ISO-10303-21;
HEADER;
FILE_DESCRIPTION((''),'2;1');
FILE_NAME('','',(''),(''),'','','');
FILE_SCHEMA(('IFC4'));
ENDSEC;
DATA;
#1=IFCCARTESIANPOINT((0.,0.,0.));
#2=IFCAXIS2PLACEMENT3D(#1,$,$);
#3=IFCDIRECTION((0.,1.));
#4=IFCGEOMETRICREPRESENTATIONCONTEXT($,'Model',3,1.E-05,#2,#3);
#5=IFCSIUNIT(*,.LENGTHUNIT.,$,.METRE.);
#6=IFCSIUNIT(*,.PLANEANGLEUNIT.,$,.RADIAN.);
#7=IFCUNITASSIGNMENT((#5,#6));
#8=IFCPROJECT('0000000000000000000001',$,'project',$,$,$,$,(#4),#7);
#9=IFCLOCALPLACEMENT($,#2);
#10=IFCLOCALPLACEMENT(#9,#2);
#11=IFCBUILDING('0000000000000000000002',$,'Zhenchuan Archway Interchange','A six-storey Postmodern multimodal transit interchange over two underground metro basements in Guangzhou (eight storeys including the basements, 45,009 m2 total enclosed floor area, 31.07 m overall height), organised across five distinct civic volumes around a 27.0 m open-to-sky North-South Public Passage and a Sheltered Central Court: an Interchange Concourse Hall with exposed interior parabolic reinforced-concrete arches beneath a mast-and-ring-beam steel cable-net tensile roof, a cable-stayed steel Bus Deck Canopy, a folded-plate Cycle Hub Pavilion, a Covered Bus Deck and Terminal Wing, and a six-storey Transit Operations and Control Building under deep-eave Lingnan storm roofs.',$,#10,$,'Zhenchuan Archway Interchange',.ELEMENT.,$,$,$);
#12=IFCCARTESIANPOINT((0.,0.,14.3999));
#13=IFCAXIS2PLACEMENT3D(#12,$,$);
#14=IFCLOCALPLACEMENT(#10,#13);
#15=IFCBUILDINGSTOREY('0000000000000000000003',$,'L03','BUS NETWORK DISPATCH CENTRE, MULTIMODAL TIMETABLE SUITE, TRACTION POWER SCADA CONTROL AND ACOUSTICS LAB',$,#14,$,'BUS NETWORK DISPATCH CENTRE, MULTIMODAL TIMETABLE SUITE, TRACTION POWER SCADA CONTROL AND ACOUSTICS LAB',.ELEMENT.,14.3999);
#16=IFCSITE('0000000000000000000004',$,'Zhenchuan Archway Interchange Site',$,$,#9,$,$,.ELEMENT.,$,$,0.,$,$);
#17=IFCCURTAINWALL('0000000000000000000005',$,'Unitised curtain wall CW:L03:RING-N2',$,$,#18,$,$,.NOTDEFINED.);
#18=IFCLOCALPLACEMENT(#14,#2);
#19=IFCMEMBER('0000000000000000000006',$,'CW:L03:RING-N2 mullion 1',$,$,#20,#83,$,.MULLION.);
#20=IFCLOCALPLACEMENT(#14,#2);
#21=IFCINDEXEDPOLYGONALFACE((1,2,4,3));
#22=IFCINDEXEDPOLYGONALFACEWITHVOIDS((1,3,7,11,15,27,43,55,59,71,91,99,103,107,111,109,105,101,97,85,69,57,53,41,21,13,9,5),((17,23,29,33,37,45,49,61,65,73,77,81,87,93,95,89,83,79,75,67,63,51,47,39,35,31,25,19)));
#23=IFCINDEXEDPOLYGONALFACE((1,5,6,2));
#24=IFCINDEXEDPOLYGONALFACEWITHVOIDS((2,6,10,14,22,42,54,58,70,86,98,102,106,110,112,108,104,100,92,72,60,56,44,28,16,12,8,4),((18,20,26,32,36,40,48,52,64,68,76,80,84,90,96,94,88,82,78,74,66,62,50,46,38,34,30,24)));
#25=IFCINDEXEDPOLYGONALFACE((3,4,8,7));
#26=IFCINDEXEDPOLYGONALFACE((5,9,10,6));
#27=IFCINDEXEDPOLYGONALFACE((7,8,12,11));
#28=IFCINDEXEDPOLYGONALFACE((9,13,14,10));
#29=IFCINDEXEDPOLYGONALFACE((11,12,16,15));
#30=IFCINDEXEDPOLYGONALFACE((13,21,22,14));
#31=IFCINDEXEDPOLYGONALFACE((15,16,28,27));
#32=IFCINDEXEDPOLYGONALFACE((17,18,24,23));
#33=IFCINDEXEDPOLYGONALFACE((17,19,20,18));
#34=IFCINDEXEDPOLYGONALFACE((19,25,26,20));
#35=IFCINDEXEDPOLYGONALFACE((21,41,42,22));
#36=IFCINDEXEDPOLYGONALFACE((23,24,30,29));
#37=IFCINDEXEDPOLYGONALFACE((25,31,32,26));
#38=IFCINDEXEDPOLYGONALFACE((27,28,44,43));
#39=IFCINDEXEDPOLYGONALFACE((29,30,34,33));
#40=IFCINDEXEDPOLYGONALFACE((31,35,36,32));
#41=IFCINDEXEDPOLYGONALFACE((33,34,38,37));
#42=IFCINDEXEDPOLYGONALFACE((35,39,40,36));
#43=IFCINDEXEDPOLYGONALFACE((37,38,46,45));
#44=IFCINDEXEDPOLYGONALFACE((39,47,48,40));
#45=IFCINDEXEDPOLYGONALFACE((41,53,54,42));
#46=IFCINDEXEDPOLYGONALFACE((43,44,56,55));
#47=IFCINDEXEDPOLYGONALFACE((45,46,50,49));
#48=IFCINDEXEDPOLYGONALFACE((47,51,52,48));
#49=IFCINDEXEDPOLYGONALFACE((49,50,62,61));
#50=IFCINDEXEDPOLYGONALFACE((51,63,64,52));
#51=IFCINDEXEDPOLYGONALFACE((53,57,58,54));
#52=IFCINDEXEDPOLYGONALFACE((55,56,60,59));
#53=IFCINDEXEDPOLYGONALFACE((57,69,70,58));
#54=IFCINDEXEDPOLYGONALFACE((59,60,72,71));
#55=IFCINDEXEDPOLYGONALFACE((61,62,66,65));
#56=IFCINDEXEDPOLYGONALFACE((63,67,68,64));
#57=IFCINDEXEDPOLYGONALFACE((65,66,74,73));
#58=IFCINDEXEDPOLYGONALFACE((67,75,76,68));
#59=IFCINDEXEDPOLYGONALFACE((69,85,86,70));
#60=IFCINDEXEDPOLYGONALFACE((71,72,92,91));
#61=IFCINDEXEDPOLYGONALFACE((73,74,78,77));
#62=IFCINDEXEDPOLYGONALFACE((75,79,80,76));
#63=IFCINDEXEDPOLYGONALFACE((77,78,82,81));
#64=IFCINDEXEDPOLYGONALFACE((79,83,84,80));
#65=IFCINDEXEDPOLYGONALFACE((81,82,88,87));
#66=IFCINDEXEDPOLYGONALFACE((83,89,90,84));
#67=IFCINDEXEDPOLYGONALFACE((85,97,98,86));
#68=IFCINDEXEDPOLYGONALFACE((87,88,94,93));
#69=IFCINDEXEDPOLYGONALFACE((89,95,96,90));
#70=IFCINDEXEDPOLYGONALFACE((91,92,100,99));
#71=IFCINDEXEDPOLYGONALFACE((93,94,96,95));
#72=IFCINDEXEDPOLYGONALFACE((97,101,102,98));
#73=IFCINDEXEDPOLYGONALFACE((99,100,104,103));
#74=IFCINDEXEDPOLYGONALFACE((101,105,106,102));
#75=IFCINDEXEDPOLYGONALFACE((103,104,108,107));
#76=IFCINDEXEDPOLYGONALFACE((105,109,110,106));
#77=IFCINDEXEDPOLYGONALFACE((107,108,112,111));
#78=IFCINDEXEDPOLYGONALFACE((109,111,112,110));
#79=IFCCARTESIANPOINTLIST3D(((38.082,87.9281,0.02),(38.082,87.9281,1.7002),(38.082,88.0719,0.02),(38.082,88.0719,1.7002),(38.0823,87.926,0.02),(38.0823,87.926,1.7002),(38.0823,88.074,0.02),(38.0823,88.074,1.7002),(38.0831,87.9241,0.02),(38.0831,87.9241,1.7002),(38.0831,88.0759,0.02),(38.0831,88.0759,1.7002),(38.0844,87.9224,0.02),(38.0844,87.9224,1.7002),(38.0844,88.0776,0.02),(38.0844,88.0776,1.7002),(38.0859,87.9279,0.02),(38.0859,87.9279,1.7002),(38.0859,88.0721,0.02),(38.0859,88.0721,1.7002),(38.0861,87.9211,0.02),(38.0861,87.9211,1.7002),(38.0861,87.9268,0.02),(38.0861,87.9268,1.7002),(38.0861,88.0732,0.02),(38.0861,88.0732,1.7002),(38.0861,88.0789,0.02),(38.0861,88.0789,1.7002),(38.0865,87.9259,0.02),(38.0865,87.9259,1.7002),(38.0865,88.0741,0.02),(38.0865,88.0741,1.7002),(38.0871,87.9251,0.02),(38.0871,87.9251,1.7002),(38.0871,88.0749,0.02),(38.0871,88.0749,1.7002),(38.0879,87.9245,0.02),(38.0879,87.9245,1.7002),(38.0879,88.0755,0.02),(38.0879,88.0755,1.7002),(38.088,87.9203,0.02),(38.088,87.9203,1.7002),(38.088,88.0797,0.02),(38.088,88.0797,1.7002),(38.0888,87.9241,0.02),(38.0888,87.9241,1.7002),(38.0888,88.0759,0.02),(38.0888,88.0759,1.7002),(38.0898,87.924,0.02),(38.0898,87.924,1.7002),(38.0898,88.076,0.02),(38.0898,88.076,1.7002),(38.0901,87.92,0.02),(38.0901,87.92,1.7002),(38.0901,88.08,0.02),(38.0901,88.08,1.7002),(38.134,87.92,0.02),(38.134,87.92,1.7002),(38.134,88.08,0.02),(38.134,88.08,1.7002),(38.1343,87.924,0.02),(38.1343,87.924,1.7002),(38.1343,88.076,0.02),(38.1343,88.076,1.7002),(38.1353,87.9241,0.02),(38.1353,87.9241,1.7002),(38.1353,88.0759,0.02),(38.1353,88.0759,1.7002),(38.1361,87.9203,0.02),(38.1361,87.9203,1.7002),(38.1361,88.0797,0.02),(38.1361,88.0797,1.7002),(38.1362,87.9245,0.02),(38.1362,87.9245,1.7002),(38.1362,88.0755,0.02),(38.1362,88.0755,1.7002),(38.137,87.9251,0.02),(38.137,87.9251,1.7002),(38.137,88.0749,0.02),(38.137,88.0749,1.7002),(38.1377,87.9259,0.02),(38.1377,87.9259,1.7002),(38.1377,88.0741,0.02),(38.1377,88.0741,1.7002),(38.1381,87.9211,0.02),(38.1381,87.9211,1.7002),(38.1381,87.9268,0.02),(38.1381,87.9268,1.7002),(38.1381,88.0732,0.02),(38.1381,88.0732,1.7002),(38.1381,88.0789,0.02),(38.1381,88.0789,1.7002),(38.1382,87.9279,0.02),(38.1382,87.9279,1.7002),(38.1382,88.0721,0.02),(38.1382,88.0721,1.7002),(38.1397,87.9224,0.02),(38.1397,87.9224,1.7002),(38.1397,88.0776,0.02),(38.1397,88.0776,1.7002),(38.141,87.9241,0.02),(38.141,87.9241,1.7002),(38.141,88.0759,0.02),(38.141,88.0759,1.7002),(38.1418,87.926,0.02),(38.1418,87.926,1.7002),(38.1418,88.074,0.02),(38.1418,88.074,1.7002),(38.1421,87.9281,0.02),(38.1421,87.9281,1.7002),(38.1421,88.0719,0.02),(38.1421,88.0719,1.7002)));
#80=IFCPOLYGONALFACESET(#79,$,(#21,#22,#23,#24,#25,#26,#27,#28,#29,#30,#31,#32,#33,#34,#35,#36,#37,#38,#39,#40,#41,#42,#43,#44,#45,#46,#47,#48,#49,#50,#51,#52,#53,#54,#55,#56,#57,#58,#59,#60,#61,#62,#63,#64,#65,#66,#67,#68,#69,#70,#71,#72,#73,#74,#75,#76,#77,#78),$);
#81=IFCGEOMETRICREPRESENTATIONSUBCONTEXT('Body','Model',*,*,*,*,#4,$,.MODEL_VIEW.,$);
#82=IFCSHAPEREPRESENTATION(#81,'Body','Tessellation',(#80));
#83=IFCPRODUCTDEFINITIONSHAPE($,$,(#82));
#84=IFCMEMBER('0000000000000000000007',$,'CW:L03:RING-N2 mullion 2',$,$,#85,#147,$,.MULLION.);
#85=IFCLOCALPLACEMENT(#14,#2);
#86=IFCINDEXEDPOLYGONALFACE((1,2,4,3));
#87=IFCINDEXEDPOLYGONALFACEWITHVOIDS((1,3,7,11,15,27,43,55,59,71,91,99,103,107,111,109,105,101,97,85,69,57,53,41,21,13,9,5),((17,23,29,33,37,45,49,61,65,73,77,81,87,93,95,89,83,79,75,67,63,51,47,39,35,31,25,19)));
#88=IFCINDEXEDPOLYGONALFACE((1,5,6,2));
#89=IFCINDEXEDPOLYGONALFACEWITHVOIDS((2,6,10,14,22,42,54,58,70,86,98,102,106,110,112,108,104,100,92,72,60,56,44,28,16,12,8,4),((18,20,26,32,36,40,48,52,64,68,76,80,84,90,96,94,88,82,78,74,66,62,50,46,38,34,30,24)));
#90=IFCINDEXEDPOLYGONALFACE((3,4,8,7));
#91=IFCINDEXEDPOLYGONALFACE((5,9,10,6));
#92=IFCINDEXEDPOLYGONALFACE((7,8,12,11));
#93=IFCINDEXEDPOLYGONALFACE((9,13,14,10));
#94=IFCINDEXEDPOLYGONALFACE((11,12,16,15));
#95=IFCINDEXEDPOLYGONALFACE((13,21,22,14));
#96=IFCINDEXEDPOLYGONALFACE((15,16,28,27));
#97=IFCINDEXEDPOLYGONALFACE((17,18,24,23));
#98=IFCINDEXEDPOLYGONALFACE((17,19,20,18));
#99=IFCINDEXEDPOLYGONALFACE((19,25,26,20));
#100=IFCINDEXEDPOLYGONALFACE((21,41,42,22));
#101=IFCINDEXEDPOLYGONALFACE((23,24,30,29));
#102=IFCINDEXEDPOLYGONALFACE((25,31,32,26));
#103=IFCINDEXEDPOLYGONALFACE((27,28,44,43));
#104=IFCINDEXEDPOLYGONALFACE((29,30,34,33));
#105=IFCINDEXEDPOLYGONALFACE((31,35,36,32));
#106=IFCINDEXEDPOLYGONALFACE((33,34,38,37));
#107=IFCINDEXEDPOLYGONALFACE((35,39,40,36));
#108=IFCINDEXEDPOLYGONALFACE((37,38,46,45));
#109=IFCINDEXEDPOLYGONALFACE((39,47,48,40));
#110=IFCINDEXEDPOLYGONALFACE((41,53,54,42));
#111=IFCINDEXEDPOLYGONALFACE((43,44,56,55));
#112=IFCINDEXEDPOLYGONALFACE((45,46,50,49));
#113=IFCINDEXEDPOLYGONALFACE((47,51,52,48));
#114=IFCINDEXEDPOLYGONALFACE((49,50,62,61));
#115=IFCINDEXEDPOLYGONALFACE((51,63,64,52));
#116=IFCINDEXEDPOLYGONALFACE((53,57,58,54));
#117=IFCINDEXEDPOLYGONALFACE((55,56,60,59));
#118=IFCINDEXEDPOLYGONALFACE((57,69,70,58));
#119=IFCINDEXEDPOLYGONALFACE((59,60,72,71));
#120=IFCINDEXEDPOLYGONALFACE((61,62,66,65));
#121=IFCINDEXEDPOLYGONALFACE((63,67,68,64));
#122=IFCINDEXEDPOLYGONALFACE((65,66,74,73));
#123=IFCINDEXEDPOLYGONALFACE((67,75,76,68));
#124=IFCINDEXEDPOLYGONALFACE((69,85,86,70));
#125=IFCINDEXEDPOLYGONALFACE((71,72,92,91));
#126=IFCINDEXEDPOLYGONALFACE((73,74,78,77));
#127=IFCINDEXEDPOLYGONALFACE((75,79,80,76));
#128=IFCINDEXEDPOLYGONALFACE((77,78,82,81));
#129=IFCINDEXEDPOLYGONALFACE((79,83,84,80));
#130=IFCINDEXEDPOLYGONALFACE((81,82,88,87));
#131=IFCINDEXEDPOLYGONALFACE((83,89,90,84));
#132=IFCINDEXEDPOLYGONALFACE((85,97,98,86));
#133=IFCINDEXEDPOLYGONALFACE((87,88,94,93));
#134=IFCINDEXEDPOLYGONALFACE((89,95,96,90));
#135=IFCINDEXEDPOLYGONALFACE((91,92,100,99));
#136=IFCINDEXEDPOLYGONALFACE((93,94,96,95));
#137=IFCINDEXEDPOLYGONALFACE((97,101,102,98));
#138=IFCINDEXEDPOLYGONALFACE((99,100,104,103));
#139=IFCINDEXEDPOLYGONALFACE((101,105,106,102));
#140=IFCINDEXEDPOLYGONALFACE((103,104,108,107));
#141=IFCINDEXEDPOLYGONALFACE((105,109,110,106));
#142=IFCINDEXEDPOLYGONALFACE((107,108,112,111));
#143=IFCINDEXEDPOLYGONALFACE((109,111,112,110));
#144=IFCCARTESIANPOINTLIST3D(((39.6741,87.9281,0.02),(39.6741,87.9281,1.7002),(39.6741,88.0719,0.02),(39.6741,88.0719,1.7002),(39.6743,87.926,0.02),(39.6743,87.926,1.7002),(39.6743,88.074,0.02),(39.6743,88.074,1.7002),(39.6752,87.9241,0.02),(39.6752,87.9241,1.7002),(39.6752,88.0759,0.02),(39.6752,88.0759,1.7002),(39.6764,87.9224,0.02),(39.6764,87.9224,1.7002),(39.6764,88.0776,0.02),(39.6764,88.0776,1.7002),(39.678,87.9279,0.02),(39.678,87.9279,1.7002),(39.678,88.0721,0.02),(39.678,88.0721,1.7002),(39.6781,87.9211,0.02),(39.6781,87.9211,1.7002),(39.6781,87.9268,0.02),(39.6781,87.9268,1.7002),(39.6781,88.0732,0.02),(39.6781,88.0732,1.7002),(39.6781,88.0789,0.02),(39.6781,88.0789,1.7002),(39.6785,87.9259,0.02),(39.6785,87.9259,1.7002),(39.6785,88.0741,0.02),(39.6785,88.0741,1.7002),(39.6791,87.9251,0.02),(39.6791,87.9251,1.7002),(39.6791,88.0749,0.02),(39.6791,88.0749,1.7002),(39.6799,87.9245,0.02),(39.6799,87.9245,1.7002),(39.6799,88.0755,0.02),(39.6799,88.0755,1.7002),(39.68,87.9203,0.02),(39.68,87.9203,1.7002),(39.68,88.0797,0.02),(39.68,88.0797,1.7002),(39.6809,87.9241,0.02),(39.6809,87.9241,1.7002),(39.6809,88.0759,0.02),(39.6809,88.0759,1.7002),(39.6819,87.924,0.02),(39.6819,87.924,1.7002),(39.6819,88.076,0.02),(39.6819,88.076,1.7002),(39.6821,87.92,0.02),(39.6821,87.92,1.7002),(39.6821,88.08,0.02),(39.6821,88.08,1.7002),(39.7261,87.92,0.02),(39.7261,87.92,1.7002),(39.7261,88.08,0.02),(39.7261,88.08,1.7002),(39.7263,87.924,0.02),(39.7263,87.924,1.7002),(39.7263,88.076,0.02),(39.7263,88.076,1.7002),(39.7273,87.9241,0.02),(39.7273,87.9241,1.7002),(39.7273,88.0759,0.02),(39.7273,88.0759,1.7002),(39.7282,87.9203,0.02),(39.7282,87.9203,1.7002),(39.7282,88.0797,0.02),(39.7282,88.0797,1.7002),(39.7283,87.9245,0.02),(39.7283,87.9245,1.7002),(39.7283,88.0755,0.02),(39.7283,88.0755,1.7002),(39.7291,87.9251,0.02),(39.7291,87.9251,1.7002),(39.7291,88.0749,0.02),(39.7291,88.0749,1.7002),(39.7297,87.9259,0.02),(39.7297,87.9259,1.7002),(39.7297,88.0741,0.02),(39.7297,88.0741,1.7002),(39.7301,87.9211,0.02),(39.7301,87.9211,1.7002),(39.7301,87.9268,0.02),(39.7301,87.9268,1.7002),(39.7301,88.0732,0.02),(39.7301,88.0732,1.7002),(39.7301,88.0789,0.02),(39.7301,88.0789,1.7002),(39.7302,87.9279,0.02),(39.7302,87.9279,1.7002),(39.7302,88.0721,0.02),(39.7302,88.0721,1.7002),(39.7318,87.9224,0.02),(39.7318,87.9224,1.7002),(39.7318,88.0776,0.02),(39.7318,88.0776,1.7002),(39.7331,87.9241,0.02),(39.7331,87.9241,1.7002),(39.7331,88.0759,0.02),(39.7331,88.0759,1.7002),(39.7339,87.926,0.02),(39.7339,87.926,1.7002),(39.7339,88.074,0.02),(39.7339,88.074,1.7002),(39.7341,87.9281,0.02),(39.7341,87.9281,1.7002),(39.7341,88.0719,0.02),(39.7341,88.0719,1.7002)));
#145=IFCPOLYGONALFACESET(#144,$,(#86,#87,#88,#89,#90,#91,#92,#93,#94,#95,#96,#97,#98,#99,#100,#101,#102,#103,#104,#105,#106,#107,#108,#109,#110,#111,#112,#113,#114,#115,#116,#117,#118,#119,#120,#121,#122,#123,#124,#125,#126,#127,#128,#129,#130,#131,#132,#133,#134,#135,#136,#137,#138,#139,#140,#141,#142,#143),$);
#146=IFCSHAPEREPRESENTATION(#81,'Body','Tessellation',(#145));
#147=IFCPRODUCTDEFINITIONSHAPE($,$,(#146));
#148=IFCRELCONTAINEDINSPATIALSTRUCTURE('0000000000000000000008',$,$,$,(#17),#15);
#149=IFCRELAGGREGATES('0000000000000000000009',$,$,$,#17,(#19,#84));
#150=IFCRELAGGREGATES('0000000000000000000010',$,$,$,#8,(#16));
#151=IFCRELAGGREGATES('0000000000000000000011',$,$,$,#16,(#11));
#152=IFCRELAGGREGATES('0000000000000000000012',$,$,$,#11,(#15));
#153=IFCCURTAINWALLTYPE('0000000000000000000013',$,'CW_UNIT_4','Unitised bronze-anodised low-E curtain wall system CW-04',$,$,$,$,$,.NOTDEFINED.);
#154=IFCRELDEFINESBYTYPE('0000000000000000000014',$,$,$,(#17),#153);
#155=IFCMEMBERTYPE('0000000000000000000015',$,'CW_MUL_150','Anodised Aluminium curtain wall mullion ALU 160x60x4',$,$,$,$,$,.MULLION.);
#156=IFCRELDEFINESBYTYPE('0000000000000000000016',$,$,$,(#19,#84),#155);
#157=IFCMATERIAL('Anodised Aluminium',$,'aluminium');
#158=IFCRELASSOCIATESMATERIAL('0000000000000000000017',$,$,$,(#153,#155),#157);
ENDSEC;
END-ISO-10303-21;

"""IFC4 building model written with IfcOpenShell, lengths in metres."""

from ifc_helpers import new_model, si_unit, direction, frame, origin, origin_2d, place, context, subcontext, project, spatial, hollow_rectangle, extrude, material, material_profile, profile_set, type_object, element, aggregate, save


model = new_model("IFC4")

# Units and contexts
model_context = context("Model", 3, precision=1e-05, world=origin(), true_north=direction((0.0, 1.0)))
body_context = subcontext(model_context, "Body", "Model", "MODEL_VIEW")
ifc_project = project(units=[si_unit("LENGTHUNIT", "METRE"), si_unit("PLANEANGLEUNIT", "RADIAN")], contexts=[model_context])

# Site, building, storey
site_placement = place(None, origin())
site = spatial("IfcSite", under=ifc_project, at=site_placement, Name="Zhenchuan Archway Interchange Site", CompositionType="ELEMENT", RefElevation=0.0)
building_placement = place(site_placement, origin())
building = spatial("IfcBuilding", under=site, at=building_placement, Name="Zhenchuan Archway Interchange", Description="A six-storey Postmodern multimodal transit interchange over two underground metro basements in Guangzhou (eight storeys including the basements, 45,009 m2 total enclosed floor area, 31.07 m overall height), organised across five distinct civic volumes around a 27.0 m open-to-sky North-South Public Passage and a Sheltered Central Court: an Interchange Concourse Hall with exposed interior parabolic reinforced-concrete arches beneath a mast-and-ring-beam steel cable-net tensile roof, a cable-stayed steel Bus Deck Canopy, a folded-plate Cycle Hub Pavilion, a Covered Bus Deck and Terminal Wing, and a six-storey Transit Operations and Control Building under deep-eave Lingnan storm roofs.", LongName="Zhenchuan Archway Interchange", CompositionType="ELEMENT")
storey_placement = place(building_placement, frame((0.0, 0.0, 14.3999)))
storey = spatial("IfcBuildingStorey", under=building, at=storey_placement, Name="L03", Description="BUS NETWORK DISPATCH CENTRE, MULTIMODAL TIMETABLE SUITE, TRACTION POWER SCADA CONTROL AND ACOUSTICS LAB", LongName="BUS NETWORK DISPATCH CENTRE, MULTIMODAL TIMETABLE SUITE, TRACTION POWER SCADA CONTROL AND ACOUSTICS LAB", CompositionType="ELEMENT", Elevation=14.3999)

# Shared definitions
ifc_material_1 = material(Name="Anodised Aluminium", Category="aluminium")
curtain_wall_type = type_object("IfcCurtainWallType", Name="CW_UNIT_4", Description="Unitised bronze-anodised low-E curtain wall system CW-04", PredefinedType="NOTDEFINED", material=ifc_material_1)
ifc_material_profile_1 = material_profile(ifc_material_1, hollow_rectangle(XDim=0.0601, YDim=0.1599, WallThickness=0.0039, InnerFilletRadius=0.0039, OuterFilletRadius=0.0081, at=origin_2d()), Name="ALU 160x60x4")
ifc_profile_set_1 = profile_set([ifc_material_profile_1], Name="Anodised Aluminium")
member_type_1 = type_object("IfcMemberType", Name="CW_MUL_150", Description="Anodised Aluminium curtain wall mullion ALU 160x60x4", PredefinedType="MULLION", material=ifc_profile_set_1)

# Curtain wall, members
curtain_wall_1_placement = place(storey_placement, origin())
curtain_wall_1 = element("IfcCurtainWall", 1, at=curtain_wall_1_placement, inside=storey, type_object=curtain_wall_type, Name="Unitised curtain wall CW:L03:RING-N2", PredefinedType="NOTDEFINED")
member_1_placement = place(storey_placement, frame((38.1121, 88.0, 0.02), z_axis=(0.0, 0.0, 1.0), x_axis=(1.0, 0.0, 0.0)))
member_1 = element("IfcMember", 2, at=member_1_placement, type_object=member_type_1, Name="CW:L03:RING-N2 mullion 1", PredefinedType="MULLION", context=body_context, shape_type="SweptSolid", body=[
    extrude(hollow_rectangle(XDim=0.0601, YDim=0.1599, WallThickness=0.0039, InnerFilletRadius=0.0039, OuterFilletRadius=0.0081, at=origin_2d()), origin(), (0.0, 0.0, 1.0), 1.6802),
])
member_2_placement = place(storey_placement, frame((39.7041, 88.0, 0.02), z_axis=(0.0, 0.0, 1.0), x_axis=(1.0, 0.0, 0.0)))
member_2 = element("IfcMember", 3, at=member_2_placement, type_object=member_type_1, Name="CW:L03:RING-N2 mullion 2", PredefinedType="MULLION", context=body_context, shape_type="SweptSolid", body=[
    extrude(hollow_rectangle(XDim=0.0601, YDim=0.1599, WallThickness=0.0039, InnerFilletRadius=0.0039, OuterFilletRadius=0.0081, at=origin_2d()), origin(), (0.0, 0.0, 1.0), 1.6802),
])

aggregate(curtain_wall_1, [member_1, member_2])

save(model, "model.ifc")
